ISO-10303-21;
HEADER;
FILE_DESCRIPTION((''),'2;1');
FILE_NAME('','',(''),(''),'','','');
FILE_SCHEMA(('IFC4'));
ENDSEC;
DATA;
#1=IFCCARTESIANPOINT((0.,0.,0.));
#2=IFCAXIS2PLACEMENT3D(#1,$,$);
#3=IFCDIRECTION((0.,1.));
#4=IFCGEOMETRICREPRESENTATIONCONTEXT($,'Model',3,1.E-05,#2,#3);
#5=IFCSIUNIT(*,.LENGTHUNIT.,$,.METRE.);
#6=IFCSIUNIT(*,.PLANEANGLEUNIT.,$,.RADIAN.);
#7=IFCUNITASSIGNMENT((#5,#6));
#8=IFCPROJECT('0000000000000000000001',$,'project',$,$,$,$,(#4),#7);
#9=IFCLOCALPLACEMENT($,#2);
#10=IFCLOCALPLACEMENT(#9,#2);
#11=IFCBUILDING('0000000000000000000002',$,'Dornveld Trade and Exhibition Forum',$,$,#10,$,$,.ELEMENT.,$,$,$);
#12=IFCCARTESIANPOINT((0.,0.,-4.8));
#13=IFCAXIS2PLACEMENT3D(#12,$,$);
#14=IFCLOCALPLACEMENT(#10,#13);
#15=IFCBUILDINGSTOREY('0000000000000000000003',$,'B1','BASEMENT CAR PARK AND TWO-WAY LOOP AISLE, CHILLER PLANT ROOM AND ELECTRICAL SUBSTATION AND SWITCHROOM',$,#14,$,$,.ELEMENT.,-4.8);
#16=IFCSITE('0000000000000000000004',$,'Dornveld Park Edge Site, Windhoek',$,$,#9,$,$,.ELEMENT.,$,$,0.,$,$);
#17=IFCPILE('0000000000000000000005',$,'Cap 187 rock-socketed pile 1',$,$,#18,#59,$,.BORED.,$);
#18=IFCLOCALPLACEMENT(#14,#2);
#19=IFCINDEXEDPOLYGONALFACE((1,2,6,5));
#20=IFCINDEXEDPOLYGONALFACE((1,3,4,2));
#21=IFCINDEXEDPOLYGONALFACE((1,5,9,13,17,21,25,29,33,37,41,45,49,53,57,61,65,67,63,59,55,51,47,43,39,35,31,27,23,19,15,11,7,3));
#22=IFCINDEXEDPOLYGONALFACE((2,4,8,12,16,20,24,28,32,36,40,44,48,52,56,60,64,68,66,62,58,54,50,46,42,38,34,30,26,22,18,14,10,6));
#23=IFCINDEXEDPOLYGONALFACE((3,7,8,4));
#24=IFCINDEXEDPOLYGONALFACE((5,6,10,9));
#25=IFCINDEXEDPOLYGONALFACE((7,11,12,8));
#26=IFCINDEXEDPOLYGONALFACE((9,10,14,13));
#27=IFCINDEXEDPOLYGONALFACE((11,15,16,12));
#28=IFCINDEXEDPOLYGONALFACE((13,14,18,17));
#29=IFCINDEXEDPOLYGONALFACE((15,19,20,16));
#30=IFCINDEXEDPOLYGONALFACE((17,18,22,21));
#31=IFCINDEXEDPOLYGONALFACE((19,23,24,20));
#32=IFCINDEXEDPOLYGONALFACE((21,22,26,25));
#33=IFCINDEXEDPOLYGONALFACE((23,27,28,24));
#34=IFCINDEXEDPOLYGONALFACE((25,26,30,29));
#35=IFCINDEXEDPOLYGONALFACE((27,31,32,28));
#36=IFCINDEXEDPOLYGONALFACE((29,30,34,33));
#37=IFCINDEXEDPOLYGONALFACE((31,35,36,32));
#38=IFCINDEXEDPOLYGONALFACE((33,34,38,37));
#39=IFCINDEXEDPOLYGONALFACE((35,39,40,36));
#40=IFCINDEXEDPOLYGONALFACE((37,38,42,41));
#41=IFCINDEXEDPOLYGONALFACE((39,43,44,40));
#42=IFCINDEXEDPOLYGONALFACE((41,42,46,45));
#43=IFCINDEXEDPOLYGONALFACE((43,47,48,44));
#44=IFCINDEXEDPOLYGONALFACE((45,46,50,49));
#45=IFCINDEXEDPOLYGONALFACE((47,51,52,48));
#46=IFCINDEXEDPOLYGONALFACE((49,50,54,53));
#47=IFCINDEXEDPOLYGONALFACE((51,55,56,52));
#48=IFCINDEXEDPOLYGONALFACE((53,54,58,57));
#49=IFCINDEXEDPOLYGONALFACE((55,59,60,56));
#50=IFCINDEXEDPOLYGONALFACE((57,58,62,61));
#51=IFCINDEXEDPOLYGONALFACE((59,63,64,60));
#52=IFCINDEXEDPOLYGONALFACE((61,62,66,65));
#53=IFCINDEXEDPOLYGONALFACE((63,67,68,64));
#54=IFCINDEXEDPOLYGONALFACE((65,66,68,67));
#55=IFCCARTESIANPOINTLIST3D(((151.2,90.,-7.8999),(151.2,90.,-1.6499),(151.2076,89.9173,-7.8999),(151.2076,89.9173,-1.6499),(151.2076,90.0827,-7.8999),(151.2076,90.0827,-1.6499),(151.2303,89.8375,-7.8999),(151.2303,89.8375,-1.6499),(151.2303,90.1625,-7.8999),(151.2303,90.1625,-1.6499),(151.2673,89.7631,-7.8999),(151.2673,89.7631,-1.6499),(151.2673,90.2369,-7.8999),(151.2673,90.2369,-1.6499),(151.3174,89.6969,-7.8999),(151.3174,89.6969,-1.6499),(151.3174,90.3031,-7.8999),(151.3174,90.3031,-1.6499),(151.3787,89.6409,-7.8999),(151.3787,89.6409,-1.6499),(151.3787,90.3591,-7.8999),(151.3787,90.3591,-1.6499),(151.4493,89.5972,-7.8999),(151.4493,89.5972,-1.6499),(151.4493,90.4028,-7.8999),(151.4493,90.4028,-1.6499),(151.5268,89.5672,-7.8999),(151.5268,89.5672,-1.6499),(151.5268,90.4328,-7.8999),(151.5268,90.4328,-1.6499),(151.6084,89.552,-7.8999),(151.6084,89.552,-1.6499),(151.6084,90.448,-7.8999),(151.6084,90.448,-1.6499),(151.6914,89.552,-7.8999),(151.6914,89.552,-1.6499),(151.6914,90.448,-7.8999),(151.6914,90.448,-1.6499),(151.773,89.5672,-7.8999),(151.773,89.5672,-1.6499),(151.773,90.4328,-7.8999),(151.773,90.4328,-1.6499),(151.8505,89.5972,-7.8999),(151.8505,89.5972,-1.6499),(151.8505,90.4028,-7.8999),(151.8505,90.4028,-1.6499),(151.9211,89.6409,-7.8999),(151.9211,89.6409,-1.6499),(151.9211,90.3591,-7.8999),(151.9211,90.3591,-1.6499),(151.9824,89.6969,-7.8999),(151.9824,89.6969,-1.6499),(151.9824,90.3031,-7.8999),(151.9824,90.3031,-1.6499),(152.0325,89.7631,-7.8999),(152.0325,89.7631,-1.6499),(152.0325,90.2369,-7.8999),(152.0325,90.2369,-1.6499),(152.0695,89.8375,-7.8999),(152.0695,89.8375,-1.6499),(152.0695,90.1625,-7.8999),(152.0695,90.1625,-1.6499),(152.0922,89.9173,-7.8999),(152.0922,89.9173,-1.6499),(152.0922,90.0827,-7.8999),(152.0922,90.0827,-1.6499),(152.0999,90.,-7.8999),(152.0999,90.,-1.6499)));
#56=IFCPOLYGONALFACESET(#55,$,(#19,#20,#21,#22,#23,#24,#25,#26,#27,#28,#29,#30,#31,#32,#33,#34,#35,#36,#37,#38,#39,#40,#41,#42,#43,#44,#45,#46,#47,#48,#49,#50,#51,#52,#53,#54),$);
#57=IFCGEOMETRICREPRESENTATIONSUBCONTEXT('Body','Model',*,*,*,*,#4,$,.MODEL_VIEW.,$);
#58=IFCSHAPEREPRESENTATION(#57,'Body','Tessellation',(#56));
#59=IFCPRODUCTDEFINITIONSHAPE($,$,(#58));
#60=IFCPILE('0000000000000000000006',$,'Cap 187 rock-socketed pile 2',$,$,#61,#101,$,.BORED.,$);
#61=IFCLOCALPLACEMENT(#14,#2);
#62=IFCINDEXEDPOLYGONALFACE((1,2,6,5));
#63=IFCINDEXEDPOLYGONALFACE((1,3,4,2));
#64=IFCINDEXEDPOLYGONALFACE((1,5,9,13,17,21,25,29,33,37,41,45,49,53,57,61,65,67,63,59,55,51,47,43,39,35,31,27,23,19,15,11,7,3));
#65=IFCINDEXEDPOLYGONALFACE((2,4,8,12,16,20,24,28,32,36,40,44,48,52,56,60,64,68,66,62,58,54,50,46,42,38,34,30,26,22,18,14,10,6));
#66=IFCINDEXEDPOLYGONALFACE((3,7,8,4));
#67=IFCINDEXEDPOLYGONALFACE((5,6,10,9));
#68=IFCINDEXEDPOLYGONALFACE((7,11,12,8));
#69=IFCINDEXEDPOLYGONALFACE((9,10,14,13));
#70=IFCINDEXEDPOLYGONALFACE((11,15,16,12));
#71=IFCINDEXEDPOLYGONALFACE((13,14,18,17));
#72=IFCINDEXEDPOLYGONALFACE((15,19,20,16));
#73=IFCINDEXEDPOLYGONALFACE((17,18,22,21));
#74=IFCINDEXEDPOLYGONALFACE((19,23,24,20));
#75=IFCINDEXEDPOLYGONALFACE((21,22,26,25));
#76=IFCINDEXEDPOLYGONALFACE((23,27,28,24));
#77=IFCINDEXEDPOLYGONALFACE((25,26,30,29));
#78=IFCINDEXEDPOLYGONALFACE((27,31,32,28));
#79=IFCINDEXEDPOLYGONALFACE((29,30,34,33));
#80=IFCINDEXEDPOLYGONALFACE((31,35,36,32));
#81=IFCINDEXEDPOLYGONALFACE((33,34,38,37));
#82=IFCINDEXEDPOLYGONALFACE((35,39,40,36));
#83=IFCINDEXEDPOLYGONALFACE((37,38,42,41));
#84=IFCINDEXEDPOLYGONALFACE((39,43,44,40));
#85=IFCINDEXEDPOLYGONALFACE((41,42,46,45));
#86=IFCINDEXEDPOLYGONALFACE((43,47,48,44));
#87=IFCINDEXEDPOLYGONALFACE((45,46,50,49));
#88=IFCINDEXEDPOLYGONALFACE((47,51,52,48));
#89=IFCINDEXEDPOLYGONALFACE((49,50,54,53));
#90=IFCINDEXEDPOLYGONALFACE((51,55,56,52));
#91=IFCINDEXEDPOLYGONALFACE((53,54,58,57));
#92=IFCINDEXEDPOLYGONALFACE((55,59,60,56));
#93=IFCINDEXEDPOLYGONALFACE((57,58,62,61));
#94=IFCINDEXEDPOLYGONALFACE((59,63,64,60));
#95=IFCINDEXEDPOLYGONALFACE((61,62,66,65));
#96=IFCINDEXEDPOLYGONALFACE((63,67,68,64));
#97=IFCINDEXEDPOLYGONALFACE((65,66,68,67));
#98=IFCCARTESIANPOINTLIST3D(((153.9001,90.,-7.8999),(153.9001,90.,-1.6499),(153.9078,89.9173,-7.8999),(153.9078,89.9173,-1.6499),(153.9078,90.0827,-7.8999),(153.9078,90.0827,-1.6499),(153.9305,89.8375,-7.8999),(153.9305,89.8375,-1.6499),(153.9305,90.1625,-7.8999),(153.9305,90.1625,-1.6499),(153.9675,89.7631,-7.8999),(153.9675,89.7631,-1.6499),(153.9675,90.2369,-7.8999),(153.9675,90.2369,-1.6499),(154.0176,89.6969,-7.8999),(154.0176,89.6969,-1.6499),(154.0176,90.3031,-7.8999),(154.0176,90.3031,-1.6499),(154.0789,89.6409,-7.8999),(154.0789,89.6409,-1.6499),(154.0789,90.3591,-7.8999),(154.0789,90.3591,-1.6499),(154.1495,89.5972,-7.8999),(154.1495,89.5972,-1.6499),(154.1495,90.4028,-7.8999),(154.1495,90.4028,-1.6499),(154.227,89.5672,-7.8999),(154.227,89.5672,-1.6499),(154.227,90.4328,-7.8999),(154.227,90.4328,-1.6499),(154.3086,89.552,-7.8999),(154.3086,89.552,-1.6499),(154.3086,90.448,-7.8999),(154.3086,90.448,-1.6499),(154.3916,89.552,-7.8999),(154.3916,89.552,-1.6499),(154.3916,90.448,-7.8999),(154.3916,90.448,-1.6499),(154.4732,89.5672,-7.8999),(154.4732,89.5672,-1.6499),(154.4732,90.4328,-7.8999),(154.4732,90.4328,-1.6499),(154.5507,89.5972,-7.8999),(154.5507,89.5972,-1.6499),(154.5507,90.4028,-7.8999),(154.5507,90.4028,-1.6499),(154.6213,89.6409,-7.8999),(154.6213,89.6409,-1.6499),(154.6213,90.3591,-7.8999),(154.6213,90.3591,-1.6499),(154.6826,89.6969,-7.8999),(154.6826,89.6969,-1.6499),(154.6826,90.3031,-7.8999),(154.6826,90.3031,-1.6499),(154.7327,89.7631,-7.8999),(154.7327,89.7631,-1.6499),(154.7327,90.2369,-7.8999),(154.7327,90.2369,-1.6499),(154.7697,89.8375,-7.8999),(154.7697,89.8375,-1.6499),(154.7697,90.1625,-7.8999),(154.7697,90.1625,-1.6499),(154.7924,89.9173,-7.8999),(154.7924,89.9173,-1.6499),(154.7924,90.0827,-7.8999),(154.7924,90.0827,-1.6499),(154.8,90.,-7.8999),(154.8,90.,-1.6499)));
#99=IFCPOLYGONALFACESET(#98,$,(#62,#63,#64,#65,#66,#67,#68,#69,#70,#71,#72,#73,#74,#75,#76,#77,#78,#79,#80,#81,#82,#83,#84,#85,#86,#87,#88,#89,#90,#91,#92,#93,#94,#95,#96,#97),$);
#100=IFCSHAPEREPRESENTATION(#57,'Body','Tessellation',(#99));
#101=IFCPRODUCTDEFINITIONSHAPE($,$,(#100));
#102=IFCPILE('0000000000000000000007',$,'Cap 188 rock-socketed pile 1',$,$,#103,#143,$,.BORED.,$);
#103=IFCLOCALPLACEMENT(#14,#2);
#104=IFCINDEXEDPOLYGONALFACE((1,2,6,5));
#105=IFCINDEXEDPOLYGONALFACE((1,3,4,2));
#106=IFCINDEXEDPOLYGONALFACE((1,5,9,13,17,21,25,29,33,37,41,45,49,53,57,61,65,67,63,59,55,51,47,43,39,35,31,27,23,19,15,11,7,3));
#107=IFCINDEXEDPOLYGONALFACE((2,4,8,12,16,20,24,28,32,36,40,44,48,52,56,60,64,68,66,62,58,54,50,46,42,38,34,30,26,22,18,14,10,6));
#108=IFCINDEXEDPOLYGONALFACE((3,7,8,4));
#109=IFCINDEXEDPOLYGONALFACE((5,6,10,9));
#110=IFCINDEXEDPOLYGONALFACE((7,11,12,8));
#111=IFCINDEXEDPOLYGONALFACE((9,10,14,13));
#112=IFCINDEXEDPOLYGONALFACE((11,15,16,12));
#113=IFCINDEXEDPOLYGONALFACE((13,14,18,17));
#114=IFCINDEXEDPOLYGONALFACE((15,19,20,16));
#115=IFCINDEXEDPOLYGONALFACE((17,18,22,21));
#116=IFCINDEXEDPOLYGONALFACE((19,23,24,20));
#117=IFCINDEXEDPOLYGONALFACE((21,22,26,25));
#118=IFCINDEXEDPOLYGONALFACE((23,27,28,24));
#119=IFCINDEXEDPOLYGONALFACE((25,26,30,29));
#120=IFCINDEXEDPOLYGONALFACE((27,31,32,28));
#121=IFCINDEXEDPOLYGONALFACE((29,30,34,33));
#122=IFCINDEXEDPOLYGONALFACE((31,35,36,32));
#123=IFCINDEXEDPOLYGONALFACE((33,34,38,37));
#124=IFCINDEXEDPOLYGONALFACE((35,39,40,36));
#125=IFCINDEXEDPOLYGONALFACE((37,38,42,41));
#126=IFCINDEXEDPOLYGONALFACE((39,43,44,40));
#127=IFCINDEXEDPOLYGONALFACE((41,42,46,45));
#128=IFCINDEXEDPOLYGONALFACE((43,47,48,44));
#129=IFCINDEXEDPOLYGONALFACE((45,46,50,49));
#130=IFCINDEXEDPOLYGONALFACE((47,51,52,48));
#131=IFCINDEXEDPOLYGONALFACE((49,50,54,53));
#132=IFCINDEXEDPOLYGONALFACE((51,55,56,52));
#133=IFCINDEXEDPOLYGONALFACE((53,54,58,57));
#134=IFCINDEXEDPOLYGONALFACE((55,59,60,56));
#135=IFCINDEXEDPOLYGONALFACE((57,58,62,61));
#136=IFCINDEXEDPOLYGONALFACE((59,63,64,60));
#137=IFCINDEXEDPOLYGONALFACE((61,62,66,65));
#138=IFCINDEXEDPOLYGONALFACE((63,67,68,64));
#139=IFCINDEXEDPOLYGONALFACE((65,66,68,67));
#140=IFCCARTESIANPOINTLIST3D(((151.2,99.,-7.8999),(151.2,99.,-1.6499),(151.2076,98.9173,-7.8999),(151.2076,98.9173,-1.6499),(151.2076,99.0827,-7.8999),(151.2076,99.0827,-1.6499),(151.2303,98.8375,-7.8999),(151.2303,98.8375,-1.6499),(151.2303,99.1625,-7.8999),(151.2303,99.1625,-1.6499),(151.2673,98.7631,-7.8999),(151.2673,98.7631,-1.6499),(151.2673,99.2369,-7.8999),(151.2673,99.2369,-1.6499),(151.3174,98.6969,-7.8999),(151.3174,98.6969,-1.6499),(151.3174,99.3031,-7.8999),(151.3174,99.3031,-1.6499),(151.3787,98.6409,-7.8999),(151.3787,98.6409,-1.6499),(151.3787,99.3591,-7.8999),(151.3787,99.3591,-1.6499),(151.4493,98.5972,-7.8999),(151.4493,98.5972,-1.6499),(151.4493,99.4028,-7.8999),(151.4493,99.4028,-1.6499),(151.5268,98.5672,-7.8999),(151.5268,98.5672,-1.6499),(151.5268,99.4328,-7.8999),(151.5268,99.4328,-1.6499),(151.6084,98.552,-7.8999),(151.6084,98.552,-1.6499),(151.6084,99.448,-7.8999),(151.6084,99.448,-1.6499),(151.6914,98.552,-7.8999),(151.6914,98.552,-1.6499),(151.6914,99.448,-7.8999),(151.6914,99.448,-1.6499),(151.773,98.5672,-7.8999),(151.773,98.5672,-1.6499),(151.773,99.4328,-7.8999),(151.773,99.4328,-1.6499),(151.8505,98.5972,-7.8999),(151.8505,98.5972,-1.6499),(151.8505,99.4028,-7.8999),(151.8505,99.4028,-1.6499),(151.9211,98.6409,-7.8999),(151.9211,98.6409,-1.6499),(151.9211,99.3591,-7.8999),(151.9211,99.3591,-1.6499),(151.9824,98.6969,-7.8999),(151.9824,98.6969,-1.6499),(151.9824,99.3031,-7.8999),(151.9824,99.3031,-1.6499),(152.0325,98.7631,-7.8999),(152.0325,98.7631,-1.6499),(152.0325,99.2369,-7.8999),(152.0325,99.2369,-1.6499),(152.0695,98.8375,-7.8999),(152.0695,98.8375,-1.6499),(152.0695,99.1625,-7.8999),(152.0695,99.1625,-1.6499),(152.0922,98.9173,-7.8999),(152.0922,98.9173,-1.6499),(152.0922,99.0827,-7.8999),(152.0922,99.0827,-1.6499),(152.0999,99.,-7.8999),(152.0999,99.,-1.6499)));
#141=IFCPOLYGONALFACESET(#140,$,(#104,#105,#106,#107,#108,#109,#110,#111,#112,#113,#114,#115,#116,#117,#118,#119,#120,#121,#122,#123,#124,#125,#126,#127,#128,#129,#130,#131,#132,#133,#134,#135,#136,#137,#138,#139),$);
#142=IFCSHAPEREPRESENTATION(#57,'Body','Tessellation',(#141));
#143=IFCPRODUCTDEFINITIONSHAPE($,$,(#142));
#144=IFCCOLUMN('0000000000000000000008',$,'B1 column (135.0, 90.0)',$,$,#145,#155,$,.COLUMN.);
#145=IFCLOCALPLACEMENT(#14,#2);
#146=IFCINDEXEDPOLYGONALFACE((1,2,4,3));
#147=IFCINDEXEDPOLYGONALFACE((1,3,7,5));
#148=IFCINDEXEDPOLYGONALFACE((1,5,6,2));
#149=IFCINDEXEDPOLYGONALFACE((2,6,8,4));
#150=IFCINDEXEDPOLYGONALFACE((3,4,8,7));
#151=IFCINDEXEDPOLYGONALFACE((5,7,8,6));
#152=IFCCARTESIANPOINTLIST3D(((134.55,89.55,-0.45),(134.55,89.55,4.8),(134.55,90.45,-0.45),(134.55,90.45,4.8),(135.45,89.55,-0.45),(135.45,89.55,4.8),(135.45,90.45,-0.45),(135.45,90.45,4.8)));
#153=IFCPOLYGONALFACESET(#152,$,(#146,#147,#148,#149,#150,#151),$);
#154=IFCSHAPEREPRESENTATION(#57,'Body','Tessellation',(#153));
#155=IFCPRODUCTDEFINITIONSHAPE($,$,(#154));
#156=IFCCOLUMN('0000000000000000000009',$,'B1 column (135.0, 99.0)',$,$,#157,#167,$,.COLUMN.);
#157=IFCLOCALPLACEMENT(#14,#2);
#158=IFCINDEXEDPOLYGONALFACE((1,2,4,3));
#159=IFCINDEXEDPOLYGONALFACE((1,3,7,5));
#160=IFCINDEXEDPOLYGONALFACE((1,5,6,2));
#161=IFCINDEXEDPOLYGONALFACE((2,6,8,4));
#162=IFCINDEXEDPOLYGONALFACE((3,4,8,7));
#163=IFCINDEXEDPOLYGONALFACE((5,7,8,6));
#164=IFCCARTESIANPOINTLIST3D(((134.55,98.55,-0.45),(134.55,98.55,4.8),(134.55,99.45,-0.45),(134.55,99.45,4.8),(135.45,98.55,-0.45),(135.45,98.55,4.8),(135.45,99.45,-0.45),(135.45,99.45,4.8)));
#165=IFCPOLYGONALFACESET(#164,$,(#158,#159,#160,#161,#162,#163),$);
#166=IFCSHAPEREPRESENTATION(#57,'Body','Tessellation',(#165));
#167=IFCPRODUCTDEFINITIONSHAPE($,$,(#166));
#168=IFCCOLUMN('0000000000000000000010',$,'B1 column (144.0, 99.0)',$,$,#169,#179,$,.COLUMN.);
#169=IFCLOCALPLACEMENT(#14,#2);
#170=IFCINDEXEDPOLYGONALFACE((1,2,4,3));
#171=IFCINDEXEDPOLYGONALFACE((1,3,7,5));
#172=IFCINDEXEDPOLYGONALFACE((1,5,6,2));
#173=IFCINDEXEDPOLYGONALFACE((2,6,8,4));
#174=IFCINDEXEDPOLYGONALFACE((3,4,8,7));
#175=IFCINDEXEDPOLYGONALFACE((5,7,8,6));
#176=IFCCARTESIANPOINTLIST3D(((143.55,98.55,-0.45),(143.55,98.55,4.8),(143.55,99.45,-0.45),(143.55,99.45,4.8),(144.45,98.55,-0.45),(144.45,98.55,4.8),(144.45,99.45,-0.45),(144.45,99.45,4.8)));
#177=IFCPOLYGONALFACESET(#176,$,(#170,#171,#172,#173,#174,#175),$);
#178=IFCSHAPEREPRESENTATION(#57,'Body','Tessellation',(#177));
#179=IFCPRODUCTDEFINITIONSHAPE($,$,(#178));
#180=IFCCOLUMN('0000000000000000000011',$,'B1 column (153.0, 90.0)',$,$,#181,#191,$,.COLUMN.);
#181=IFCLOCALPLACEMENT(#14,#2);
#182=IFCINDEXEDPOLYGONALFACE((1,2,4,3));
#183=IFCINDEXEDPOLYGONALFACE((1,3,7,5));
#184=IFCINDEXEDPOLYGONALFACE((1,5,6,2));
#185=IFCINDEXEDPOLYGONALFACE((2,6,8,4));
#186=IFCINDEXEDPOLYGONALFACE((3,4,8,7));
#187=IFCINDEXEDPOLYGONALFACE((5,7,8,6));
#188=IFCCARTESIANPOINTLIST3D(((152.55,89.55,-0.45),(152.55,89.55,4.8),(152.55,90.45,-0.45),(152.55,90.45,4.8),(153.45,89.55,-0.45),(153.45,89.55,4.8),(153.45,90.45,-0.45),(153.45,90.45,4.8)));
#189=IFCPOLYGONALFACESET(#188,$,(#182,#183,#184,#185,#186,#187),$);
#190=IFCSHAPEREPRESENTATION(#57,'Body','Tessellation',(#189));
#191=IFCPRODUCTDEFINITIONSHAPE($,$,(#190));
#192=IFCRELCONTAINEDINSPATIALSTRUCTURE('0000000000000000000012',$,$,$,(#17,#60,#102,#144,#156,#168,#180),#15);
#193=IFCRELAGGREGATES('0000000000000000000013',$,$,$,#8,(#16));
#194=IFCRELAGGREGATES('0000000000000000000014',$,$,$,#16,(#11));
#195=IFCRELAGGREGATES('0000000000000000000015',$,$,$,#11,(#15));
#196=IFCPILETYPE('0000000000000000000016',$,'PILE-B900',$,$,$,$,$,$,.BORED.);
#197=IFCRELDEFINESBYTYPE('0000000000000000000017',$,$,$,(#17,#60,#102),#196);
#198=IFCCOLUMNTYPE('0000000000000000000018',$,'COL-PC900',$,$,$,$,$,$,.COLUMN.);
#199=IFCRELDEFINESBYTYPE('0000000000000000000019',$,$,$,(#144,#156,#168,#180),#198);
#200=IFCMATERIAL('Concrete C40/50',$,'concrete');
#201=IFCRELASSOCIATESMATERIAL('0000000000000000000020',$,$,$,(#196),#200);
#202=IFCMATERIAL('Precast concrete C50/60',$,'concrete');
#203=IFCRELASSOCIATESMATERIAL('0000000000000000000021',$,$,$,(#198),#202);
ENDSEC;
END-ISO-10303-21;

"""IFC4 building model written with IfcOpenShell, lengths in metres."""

from ifc_helpers import new_model, si_unit, direction, frame, origin, origin_2d, place, context, subcontext, project, spatial, rectangle, circle, extrude, material, material_profile, profile_set, type_object, element, save


model = new_model("IFC4")

# Units and contexts
model_context = context("Model", 3, precision=1e-05, world=origin(), true_north=direction((0.0, 1.0)))
body_context = subcontext(model_context, "Body", "Model", "MODEL_VIEW")
ifc_project = project(units=[si_unit("LENGTHUNIT", "METRE"), si_unit("PLANEANGLEUNIT", "RADIAN")], contexts=[model_context])

# Site, building, storey
site_placement = place(None, origin())
site = spatial("IfcSite", under=ifc_project, at=site_placement, Name="Dornveld Park Edge Site, Windhoek", CompositionType="ELEMENT", RefElevation=0.0)
building_placement = place(site_placement, origin())
building = spatial("IfcBuilding", under=site, at=building_placement, Name="Dornveld Trade and Exhibition Forum", CompositionType="ELEMENT")
storey_placement = place(building_placement, frame((0.0, 0.0, -4.8)))
storey = spatial("IfcBuildingStorey", under=building, at=storey_placement, Name="B1", Description="BASEMENT CAR PARK AND TWO-WAY LOOP AISLE, CHILLER PLANT ROOM AND ELECTRICAL SUBSTATION AND SWITCHROOM", CompositionType="ELEMENT", Elevation=-4.8)

# Piles
ifc_material_1 = material(Name="Concrete C40/50", Category="concrete")
ifc_material_profile_1 = material_profile(ifc_material_1, circle(Radius=0.45, at=origin_2d()), Name="PILE D900")
ifc_profile_set_1 = profile_set([ifc_material_profile_1], Name="Concrete C40/50")
pile_type_1 = type_object("IfcPileType", Name="PILE-B900", PredefinedType="BORED", material=ifc_profile_set_1)
for number, where, z_axis, x_axis, name in (
    (1, (151.6499, 90.0, -1.6499), (0.0, 0.0, -1.0), (1.0, 0.0, 0.0), "Cap 187 rock-socketed pile 1"),
    (2, (154.3501, 90.0, -1.6499), (0.0, 0.0, -1.0), (1.0, 0.0, 0.0), "Cap 187 rock-socketed pile 2"),
    (3, (151.6499, 99.0, -1.6499), (0.0, 0.0, -1.0), (1.0, 0.0, 0.0), "Cap 188 rock-socketed pile 1"),
):
    element("IfcPile", number, at=place(storey_placement, frame(where, z_axis=z_axis, x_axis=x_axis)), inside=storey, type_object=pile_type_1, Name=name, PredefinedType="BORED", context=body_context, shape_type="SweptSolid", body=[
        extrude(circle(Radius=0.45, at=origin_2d()), origin(), (0.0, 0.0, 1.0), 6.25),
    ])

# Columns
ifc_material_2 = material(Name="Precast concrete C50/60", Category="concrete")
ifc_material_profile_2 = material_profile(ifc_material_2, rectangle(XDim=0.8999, YDim=0.8999, at=origin_2d()), Name="PC-COL 900x900")
ifc_profile_set_2 = profile_set([ifc_material_profile_2], Name="Precast concrete C50/60")
column_type = type_object("IfcColumnType", Name="COL-PC900", PredefinedType="COLUMN", material=ifc_profile_set_2)
for number, where, z_axis, x_axis, name in (
    (4, (135.0, 90.0, -0.45), (0.0, 0.0, 1.0), (1.0, 0.0, 0.0), "B1 column (135.0, 90.0)"),
    (5, (135.0, 99.0, -0.45), (0.0, 0.0, 1.0), (1.0, 0.0, 0.0), "B1 column (135.0, 99.0)"),
    (6, (144.0, 99.0, -0.45), (0.0, 0.0, 1.0), (1.0, 0.0, 0.0), "B1 column (144.0, 99.0)"),
    (7, (153.0, 90.0, -0.45), (0.0, 0.0, 1.0), (1.0, 0.0, 0.0), "B1 column (153.0, 90.0)"),
):
    element("IfcColumn", number, at=place(storey_placement, frame(where, z_axis=z_axis, x_axis=x_axis)), inside=storey, type_object=column_type, Name=name, PredefinedType="COLUMN", context=body_context, shape_type="SweptSolid", body=[
        extrude(rectangle(XDim=0.8999, YDim=0.8999, at=origin_2d()), origin(), (0.0, 0.0, 1.0), 5.25),
    ])

save(model, "model.ifc")
